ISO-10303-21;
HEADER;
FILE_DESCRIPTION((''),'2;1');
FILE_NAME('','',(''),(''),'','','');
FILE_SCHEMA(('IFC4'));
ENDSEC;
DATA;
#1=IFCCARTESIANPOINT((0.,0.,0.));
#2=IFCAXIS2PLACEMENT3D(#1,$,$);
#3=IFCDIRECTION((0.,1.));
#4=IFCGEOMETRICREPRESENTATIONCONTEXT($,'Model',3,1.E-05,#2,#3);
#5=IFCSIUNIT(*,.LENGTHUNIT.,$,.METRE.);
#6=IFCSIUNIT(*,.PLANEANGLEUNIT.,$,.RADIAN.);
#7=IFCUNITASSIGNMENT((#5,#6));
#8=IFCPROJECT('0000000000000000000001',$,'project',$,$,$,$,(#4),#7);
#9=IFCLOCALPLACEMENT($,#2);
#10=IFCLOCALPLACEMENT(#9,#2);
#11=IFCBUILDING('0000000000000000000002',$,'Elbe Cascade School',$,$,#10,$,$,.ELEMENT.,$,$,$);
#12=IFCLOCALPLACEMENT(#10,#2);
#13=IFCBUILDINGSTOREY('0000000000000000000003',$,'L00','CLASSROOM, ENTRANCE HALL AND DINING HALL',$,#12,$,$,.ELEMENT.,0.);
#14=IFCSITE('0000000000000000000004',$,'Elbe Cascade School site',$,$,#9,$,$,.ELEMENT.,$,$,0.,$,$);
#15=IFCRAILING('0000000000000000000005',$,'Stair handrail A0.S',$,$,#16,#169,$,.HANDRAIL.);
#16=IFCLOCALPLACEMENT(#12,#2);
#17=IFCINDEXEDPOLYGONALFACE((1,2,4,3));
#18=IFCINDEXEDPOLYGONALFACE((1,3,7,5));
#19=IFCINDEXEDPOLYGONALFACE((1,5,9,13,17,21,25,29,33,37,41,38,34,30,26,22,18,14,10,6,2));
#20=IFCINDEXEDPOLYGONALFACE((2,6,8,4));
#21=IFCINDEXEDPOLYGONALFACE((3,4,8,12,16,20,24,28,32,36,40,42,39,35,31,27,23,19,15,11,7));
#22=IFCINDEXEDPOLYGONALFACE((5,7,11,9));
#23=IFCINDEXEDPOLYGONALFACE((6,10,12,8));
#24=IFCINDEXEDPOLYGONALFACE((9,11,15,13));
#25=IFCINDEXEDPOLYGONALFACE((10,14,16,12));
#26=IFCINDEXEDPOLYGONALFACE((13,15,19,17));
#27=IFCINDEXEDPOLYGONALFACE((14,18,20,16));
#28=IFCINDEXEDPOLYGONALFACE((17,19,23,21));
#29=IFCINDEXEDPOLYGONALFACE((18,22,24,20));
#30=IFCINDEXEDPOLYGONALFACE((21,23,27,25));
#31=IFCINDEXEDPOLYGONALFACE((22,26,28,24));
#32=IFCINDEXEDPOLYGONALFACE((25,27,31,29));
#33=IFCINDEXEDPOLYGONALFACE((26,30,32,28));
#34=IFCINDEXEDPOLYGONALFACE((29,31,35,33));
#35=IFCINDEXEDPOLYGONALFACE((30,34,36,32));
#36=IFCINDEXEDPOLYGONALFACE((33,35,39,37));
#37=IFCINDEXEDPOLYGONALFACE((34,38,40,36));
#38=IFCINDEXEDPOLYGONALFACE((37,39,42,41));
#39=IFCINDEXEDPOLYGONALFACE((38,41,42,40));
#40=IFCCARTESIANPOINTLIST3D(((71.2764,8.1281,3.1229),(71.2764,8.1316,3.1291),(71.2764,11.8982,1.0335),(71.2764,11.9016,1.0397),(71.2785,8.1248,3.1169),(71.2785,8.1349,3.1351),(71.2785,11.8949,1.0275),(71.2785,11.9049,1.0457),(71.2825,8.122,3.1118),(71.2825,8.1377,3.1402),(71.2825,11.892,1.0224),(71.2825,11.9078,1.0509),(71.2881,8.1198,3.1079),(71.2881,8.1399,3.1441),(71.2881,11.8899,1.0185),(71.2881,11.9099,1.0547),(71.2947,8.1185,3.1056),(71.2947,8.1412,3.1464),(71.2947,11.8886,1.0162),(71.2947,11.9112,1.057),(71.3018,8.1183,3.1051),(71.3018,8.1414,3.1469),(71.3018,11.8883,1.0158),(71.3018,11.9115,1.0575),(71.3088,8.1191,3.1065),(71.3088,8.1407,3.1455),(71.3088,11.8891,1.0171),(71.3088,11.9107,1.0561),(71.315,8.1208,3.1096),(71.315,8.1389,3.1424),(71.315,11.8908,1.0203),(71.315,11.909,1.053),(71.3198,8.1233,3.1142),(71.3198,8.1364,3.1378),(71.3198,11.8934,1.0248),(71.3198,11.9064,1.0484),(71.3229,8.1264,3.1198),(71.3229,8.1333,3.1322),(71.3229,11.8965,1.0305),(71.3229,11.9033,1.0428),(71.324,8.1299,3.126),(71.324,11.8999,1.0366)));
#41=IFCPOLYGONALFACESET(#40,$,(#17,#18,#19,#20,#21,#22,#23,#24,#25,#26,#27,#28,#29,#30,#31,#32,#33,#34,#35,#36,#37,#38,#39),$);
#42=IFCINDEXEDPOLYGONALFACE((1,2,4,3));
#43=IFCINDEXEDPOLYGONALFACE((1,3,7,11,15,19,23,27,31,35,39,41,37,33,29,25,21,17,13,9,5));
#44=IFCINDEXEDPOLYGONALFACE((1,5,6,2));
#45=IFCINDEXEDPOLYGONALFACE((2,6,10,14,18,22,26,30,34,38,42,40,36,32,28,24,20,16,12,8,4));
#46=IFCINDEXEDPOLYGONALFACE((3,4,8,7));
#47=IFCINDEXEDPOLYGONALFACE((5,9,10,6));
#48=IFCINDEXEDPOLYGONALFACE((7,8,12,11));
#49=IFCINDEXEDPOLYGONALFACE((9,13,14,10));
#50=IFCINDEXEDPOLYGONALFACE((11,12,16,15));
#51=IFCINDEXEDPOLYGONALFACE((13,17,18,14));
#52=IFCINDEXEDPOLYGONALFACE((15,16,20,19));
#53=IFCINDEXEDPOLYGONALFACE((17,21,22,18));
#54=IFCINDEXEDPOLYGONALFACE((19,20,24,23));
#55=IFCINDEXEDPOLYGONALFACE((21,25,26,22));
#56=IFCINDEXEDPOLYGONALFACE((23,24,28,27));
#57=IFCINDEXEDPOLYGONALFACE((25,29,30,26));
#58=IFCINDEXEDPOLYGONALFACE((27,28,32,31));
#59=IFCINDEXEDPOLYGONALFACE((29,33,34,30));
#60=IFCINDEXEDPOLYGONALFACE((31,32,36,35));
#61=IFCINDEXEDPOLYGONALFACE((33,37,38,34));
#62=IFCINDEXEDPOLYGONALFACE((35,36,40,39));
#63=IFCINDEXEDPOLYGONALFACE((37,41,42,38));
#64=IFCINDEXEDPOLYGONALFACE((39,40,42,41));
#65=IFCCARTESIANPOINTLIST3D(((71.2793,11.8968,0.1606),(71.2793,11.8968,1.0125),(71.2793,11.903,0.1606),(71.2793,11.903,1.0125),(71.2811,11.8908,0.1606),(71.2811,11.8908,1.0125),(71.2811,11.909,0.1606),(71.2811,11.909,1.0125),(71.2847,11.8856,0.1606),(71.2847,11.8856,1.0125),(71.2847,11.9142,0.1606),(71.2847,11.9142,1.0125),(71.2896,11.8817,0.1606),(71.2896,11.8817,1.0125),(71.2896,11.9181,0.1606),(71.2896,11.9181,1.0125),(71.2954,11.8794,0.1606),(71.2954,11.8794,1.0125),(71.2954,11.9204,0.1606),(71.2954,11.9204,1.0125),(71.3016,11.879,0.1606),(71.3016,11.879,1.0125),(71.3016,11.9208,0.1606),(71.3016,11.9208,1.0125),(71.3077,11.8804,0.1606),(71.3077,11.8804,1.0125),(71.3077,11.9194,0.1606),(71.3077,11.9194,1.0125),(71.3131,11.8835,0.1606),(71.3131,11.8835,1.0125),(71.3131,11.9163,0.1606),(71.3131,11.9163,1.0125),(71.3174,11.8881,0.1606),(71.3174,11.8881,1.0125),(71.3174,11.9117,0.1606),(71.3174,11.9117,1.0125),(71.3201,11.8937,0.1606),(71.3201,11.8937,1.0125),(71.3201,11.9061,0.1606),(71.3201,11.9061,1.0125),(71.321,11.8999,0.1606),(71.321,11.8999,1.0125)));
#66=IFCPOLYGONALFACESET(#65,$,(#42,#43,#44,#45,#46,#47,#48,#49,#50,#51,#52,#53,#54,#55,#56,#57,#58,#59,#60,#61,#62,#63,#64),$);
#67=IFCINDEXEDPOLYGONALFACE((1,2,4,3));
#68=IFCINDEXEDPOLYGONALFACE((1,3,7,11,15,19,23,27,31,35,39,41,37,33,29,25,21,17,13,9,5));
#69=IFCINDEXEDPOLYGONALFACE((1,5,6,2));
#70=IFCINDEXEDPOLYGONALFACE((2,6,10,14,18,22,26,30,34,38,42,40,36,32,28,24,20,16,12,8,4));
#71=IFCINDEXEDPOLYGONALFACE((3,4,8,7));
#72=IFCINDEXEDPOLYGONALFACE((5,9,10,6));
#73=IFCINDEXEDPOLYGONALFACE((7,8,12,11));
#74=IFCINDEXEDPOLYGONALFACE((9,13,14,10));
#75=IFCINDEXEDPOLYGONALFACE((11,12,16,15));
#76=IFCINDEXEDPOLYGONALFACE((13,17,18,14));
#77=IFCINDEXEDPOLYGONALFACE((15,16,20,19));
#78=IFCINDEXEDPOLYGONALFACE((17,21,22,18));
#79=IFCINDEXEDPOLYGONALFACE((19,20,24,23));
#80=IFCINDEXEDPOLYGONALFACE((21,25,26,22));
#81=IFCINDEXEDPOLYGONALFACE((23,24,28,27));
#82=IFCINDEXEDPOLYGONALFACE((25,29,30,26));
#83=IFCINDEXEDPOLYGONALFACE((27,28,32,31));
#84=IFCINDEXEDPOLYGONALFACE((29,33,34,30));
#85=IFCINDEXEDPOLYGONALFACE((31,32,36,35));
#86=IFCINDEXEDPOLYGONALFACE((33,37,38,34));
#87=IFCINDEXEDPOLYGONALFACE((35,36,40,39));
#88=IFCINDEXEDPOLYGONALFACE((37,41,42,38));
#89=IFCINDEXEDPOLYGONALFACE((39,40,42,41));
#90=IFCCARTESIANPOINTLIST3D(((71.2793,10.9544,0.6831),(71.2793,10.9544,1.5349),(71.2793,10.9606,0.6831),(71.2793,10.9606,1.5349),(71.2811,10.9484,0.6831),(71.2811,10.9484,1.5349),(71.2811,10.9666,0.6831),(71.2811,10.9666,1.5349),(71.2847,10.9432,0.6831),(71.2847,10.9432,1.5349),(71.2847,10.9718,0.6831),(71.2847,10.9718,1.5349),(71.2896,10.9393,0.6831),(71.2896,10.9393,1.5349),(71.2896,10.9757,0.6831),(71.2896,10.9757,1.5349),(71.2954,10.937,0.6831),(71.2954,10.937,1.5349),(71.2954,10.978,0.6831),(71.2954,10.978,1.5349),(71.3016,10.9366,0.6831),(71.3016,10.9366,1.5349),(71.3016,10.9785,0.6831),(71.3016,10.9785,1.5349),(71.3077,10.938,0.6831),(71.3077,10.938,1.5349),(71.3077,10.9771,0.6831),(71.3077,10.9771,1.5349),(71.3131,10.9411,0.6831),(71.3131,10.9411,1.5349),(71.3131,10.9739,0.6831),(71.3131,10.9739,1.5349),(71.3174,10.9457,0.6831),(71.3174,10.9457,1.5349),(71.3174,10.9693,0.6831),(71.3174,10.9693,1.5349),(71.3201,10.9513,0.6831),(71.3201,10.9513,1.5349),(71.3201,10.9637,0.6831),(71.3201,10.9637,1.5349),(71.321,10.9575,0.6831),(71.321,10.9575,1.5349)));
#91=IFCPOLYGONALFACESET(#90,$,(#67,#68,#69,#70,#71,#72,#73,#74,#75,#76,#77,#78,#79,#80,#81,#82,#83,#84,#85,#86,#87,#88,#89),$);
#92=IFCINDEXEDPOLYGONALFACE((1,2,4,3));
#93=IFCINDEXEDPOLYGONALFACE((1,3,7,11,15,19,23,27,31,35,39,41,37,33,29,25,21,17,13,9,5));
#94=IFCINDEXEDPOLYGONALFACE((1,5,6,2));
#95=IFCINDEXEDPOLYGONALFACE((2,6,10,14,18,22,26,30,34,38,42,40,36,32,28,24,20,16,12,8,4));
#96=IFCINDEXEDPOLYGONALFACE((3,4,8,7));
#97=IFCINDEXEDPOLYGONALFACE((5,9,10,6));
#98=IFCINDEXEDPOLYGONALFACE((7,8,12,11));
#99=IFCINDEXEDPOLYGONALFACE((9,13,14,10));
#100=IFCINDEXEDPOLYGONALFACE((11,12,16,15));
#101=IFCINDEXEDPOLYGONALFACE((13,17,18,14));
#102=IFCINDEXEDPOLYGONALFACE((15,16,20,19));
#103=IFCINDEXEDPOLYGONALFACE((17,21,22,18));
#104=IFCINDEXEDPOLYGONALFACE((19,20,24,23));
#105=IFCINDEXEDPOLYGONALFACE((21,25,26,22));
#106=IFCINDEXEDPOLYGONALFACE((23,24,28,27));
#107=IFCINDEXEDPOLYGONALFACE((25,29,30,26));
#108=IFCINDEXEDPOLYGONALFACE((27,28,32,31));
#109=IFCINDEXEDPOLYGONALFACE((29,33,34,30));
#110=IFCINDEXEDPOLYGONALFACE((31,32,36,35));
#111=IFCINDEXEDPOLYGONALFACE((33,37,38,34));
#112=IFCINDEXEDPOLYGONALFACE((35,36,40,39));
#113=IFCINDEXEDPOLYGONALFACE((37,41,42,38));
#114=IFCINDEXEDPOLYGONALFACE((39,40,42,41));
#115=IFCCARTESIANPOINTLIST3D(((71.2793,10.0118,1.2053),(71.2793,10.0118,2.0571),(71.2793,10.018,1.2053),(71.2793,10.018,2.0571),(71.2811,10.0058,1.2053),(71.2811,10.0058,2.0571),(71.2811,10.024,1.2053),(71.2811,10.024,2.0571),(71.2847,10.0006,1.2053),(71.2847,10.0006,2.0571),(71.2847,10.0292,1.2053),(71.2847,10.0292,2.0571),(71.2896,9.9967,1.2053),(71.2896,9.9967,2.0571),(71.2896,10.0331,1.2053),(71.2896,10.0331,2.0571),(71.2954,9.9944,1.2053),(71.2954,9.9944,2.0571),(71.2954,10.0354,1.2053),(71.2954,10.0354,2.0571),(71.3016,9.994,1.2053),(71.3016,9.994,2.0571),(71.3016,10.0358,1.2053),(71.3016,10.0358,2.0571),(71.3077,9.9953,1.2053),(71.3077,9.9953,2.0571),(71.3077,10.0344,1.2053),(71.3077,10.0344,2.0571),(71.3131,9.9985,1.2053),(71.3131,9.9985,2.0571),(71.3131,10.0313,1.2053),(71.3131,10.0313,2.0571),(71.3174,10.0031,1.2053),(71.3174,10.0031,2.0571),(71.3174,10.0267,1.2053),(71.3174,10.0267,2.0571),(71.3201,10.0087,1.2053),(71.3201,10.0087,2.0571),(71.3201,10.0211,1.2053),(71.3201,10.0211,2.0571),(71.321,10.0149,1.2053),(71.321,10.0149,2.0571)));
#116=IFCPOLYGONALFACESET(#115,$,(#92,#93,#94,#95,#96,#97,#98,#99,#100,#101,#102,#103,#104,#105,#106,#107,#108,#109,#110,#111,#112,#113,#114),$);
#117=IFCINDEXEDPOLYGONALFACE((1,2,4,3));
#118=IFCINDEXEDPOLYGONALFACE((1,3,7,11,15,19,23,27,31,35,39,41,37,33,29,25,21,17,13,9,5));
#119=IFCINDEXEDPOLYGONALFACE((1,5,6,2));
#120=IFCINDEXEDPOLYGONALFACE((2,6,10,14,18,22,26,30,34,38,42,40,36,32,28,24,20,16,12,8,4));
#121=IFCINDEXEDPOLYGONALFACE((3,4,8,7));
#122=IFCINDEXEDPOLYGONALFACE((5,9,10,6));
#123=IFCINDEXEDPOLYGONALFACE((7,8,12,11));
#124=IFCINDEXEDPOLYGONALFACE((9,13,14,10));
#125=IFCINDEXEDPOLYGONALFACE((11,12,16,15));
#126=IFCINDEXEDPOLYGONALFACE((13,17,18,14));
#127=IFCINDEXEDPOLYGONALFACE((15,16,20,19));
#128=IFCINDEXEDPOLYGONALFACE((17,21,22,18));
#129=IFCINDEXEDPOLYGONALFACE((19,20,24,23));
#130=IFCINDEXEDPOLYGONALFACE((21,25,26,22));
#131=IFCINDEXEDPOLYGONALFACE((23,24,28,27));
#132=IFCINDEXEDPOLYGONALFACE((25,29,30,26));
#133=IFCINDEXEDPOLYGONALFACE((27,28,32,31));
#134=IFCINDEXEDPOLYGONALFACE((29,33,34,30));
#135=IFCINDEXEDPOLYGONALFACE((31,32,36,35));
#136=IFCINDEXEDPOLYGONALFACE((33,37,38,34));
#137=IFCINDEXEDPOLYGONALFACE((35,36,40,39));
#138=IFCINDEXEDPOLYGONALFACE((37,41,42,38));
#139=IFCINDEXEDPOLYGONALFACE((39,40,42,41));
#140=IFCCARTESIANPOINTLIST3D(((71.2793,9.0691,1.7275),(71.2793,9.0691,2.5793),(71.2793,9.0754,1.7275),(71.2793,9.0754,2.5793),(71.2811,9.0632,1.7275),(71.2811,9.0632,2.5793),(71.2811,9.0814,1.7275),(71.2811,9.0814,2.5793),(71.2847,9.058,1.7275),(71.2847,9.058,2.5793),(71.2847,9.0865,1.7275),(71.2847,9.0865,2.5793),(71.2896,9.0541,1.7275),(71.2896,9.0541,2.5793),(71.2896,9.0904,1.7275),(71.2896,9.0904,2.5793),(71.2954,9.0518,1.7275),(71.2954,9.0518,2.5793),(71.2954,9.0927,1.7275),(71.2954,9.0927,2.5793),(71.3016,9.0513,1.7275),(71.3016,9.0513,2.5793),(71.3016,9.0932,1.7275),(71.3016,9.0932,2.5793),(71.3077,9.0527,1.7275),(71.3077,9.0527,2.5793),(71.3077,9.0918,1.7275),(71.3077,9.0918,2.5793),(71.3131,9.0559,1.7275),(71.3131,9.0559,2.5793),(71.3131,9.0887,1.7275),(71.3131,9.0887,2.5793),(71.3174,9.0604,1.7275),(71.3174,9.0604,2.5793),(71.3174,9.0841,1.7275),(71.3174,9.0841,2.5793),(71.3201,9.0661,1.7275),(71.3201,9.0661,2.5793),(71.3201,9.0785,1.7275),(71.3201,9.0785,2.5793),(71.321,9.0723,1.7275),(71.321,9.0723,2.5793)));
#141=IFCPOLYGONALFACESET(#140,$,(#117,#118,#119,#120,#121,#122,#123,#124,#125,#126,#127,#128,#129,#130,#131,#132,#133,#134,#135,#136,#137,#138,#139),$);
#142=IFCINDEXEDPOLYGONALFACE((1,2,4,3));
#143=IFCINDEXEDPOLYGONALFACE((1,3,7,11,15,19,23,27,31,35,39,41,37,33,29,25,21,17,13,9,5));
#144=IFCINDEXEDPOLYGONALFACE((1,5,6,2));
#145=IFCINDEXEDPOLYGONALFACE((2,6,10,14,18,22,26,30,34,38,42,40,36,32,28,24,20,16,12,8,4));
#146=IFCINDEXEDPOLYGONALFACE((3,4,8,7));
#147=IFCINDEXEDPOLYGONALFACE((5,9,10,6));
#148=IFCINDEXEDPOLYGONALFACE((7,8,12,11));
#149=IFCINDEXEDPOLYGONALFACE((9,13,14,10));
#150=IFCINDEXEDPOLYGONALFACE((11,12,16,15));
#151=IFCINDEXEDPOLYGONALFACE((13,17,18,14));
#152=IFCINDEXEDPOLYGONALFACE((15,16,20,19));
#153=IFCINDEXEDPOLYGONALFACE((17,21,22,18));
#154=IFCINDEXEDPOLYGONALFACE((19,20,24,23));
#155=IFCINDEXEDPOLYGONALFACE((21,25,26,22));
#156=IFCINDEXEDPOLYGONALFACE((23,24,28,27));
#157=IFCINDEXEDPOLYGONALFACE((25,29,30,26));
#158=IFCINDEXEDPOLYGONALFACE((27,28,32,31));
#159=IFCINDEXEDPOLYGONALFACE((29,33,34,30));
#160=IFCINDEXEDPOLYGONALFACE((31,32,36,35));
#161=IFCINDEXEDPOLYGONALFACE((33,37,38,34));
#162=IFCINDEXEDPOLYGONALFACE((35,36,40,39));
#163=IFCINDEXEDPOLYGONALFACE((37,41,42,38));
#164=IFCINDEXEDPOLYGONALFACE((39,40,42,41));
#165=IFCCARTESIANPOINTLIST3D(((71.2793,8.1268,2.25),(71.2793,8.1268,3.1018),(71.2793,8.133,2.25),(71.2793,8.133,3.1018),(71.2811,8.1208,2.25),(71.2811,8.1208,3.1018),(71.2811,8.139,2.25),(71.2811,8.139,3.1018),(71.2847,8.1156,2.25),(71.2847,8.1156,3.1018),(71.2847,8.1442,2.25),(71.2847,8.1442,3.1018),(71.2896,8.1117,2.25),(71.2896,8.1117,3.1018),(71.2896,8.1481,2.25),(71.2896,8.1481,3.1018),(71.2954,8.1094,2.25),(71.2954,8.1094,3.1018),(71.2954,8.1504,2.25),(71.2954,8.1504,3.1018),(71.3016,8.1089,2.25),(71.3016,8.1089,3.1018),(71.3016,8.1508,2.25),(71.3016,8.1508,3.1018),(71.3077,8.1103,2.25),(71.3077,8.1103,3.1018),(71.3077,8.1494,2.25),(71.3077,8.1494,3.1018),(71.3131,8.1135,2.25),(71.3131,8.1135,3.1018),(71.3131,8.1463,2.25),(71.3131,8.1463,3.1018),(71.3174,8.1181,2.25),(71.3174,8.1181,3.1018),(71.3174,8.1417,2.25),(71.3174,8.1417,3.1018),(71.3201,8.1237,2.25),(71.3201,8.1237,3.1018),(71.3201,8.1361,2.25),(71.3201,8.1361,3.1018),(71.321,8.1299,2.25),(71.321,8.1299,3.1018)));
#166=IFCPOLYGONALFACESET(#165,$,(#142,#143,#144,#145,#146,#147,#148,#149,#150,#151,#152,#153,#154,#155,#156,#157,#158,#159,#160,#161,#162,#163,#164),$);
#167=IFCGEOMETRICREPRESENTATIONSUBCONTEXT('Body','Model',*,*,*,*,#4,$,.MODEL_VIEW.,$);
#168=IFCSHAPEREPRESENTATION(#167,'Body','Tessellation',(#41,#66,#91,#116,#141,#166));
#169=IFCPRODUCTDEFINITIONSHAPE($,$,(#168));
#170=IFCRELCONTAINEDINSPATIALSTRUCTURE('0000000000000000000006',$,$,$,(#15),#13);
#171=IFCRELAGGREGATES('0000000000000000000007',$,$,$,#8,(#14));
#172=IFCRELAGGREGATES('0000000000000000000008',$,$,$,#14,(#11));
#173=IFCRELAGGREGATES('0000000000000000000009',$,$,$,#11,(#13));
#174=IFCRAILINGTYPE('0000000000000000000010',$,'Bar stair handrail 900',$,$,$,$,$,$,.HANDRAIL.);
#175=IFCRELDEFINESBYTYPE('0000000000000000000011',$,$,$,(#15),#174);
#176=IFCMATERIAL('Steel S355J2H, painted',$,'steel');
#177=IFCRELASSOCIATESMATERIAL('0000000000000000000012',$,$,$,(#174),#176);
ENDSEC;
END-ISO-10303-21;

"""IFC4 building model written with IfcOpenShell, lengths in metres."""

from ifc_helpers import new_model, si_unit, direction, frame, origin, origin_2d, place, context, subcontext, project, spatial, circle, extrude, material, type_object, element, save


model = new_model("IFC4")

# Units and contexts
model_context = context("Model", 3, precision=1e-05, world=origin(), true_north=direction((0.0, 1.0)))
body_context = subcontext(model_context, "Body", "Model", "MODEL_VIEW")
ifc_project = project(units=[si_unit("LENGTHUNIT", "METRE"), si_unit("PLANEANGLEUNIT", "RADIAN")], contexts=[model_context])

# Site, building, storey
site_placement = place(None, origin())
site = spatial("IfcSite", under=ifc_project, at=site_placement, Name="Elbe Cascade School site", CompositionType="ELEMENT", RefElevation=0.0)
building_placement = place(site_placement, origin())
building = spatial("IfcBuilding", under=site, at=building_placement, Name="Elbe Cascade School", CompositionType="ELEMENT")
storey_placement = place(building_placement, origin())
storey = spatial("IfcBuildingStorey", under=building, at=storey_placement, Name="L00", Description="CLASSROOM, ENTRANCE HALL AND DINING HALL", CompositionType="ELEMENT", Elevation=0.0)

# Railing
ifc_material_1 = material(Name="Steel S355J2H, painted", Category="steel")
railing_type_1 = type_object("IfcRailingType", Name="Bar stair handrail 900", PredefinedType="HANDRAIL", material=ifc_material_1)
railing_1_placement = place(storey_placement, frame((71.3, 11.8999, 0.1606)))
element("IfcRailing", 1, at=railing_1_placement, inside=storey, type_object=railing_type_1, Name="Stair handrail A0.S", PredefinedType="HANDRAIL", context=body_context, shape_type="SweptSolid", body=[
    extrude(circle(Radius=0.0239, at=origin_2d()), frame((0.0, 0.0, 0.876), z_axis=(0.0, -0.874659, 0.484739), x_axis=(1.0, 0.0, 0.0)), (0.0, 0.0, 1.0), 4.3103),
    extrude(circle(Radius=0.021, at=origin_2d()), origin(), (0.0, 0.0, 1.0), 0.8518),
    extrude(circle(Radius=0.021, at=origin_2d()), frame((0.0, -0.9424, 0.5225)), (0.0, 0.0, 1.0), 0.8518),
    extrude(circle(Radius=0.021, at=origin_2d()), frame((0.0, -1.885, 1.0447)), (0.0, 0.0, 1.0), 0.8518),
    extrude(circle(Radius=0.021, at=origin_2d()), frame((0.0, -2.8276, 1.5669)), (0.0, 0.0, 1.0), 0.8518),
    extrude(circle(Radius=0.021, at=origin_2d()), frame((0.0, -3.77, 2.0894)), (0.0, 0.0, 1.0), 0.8518),
])

save(model, "model.ifc")
